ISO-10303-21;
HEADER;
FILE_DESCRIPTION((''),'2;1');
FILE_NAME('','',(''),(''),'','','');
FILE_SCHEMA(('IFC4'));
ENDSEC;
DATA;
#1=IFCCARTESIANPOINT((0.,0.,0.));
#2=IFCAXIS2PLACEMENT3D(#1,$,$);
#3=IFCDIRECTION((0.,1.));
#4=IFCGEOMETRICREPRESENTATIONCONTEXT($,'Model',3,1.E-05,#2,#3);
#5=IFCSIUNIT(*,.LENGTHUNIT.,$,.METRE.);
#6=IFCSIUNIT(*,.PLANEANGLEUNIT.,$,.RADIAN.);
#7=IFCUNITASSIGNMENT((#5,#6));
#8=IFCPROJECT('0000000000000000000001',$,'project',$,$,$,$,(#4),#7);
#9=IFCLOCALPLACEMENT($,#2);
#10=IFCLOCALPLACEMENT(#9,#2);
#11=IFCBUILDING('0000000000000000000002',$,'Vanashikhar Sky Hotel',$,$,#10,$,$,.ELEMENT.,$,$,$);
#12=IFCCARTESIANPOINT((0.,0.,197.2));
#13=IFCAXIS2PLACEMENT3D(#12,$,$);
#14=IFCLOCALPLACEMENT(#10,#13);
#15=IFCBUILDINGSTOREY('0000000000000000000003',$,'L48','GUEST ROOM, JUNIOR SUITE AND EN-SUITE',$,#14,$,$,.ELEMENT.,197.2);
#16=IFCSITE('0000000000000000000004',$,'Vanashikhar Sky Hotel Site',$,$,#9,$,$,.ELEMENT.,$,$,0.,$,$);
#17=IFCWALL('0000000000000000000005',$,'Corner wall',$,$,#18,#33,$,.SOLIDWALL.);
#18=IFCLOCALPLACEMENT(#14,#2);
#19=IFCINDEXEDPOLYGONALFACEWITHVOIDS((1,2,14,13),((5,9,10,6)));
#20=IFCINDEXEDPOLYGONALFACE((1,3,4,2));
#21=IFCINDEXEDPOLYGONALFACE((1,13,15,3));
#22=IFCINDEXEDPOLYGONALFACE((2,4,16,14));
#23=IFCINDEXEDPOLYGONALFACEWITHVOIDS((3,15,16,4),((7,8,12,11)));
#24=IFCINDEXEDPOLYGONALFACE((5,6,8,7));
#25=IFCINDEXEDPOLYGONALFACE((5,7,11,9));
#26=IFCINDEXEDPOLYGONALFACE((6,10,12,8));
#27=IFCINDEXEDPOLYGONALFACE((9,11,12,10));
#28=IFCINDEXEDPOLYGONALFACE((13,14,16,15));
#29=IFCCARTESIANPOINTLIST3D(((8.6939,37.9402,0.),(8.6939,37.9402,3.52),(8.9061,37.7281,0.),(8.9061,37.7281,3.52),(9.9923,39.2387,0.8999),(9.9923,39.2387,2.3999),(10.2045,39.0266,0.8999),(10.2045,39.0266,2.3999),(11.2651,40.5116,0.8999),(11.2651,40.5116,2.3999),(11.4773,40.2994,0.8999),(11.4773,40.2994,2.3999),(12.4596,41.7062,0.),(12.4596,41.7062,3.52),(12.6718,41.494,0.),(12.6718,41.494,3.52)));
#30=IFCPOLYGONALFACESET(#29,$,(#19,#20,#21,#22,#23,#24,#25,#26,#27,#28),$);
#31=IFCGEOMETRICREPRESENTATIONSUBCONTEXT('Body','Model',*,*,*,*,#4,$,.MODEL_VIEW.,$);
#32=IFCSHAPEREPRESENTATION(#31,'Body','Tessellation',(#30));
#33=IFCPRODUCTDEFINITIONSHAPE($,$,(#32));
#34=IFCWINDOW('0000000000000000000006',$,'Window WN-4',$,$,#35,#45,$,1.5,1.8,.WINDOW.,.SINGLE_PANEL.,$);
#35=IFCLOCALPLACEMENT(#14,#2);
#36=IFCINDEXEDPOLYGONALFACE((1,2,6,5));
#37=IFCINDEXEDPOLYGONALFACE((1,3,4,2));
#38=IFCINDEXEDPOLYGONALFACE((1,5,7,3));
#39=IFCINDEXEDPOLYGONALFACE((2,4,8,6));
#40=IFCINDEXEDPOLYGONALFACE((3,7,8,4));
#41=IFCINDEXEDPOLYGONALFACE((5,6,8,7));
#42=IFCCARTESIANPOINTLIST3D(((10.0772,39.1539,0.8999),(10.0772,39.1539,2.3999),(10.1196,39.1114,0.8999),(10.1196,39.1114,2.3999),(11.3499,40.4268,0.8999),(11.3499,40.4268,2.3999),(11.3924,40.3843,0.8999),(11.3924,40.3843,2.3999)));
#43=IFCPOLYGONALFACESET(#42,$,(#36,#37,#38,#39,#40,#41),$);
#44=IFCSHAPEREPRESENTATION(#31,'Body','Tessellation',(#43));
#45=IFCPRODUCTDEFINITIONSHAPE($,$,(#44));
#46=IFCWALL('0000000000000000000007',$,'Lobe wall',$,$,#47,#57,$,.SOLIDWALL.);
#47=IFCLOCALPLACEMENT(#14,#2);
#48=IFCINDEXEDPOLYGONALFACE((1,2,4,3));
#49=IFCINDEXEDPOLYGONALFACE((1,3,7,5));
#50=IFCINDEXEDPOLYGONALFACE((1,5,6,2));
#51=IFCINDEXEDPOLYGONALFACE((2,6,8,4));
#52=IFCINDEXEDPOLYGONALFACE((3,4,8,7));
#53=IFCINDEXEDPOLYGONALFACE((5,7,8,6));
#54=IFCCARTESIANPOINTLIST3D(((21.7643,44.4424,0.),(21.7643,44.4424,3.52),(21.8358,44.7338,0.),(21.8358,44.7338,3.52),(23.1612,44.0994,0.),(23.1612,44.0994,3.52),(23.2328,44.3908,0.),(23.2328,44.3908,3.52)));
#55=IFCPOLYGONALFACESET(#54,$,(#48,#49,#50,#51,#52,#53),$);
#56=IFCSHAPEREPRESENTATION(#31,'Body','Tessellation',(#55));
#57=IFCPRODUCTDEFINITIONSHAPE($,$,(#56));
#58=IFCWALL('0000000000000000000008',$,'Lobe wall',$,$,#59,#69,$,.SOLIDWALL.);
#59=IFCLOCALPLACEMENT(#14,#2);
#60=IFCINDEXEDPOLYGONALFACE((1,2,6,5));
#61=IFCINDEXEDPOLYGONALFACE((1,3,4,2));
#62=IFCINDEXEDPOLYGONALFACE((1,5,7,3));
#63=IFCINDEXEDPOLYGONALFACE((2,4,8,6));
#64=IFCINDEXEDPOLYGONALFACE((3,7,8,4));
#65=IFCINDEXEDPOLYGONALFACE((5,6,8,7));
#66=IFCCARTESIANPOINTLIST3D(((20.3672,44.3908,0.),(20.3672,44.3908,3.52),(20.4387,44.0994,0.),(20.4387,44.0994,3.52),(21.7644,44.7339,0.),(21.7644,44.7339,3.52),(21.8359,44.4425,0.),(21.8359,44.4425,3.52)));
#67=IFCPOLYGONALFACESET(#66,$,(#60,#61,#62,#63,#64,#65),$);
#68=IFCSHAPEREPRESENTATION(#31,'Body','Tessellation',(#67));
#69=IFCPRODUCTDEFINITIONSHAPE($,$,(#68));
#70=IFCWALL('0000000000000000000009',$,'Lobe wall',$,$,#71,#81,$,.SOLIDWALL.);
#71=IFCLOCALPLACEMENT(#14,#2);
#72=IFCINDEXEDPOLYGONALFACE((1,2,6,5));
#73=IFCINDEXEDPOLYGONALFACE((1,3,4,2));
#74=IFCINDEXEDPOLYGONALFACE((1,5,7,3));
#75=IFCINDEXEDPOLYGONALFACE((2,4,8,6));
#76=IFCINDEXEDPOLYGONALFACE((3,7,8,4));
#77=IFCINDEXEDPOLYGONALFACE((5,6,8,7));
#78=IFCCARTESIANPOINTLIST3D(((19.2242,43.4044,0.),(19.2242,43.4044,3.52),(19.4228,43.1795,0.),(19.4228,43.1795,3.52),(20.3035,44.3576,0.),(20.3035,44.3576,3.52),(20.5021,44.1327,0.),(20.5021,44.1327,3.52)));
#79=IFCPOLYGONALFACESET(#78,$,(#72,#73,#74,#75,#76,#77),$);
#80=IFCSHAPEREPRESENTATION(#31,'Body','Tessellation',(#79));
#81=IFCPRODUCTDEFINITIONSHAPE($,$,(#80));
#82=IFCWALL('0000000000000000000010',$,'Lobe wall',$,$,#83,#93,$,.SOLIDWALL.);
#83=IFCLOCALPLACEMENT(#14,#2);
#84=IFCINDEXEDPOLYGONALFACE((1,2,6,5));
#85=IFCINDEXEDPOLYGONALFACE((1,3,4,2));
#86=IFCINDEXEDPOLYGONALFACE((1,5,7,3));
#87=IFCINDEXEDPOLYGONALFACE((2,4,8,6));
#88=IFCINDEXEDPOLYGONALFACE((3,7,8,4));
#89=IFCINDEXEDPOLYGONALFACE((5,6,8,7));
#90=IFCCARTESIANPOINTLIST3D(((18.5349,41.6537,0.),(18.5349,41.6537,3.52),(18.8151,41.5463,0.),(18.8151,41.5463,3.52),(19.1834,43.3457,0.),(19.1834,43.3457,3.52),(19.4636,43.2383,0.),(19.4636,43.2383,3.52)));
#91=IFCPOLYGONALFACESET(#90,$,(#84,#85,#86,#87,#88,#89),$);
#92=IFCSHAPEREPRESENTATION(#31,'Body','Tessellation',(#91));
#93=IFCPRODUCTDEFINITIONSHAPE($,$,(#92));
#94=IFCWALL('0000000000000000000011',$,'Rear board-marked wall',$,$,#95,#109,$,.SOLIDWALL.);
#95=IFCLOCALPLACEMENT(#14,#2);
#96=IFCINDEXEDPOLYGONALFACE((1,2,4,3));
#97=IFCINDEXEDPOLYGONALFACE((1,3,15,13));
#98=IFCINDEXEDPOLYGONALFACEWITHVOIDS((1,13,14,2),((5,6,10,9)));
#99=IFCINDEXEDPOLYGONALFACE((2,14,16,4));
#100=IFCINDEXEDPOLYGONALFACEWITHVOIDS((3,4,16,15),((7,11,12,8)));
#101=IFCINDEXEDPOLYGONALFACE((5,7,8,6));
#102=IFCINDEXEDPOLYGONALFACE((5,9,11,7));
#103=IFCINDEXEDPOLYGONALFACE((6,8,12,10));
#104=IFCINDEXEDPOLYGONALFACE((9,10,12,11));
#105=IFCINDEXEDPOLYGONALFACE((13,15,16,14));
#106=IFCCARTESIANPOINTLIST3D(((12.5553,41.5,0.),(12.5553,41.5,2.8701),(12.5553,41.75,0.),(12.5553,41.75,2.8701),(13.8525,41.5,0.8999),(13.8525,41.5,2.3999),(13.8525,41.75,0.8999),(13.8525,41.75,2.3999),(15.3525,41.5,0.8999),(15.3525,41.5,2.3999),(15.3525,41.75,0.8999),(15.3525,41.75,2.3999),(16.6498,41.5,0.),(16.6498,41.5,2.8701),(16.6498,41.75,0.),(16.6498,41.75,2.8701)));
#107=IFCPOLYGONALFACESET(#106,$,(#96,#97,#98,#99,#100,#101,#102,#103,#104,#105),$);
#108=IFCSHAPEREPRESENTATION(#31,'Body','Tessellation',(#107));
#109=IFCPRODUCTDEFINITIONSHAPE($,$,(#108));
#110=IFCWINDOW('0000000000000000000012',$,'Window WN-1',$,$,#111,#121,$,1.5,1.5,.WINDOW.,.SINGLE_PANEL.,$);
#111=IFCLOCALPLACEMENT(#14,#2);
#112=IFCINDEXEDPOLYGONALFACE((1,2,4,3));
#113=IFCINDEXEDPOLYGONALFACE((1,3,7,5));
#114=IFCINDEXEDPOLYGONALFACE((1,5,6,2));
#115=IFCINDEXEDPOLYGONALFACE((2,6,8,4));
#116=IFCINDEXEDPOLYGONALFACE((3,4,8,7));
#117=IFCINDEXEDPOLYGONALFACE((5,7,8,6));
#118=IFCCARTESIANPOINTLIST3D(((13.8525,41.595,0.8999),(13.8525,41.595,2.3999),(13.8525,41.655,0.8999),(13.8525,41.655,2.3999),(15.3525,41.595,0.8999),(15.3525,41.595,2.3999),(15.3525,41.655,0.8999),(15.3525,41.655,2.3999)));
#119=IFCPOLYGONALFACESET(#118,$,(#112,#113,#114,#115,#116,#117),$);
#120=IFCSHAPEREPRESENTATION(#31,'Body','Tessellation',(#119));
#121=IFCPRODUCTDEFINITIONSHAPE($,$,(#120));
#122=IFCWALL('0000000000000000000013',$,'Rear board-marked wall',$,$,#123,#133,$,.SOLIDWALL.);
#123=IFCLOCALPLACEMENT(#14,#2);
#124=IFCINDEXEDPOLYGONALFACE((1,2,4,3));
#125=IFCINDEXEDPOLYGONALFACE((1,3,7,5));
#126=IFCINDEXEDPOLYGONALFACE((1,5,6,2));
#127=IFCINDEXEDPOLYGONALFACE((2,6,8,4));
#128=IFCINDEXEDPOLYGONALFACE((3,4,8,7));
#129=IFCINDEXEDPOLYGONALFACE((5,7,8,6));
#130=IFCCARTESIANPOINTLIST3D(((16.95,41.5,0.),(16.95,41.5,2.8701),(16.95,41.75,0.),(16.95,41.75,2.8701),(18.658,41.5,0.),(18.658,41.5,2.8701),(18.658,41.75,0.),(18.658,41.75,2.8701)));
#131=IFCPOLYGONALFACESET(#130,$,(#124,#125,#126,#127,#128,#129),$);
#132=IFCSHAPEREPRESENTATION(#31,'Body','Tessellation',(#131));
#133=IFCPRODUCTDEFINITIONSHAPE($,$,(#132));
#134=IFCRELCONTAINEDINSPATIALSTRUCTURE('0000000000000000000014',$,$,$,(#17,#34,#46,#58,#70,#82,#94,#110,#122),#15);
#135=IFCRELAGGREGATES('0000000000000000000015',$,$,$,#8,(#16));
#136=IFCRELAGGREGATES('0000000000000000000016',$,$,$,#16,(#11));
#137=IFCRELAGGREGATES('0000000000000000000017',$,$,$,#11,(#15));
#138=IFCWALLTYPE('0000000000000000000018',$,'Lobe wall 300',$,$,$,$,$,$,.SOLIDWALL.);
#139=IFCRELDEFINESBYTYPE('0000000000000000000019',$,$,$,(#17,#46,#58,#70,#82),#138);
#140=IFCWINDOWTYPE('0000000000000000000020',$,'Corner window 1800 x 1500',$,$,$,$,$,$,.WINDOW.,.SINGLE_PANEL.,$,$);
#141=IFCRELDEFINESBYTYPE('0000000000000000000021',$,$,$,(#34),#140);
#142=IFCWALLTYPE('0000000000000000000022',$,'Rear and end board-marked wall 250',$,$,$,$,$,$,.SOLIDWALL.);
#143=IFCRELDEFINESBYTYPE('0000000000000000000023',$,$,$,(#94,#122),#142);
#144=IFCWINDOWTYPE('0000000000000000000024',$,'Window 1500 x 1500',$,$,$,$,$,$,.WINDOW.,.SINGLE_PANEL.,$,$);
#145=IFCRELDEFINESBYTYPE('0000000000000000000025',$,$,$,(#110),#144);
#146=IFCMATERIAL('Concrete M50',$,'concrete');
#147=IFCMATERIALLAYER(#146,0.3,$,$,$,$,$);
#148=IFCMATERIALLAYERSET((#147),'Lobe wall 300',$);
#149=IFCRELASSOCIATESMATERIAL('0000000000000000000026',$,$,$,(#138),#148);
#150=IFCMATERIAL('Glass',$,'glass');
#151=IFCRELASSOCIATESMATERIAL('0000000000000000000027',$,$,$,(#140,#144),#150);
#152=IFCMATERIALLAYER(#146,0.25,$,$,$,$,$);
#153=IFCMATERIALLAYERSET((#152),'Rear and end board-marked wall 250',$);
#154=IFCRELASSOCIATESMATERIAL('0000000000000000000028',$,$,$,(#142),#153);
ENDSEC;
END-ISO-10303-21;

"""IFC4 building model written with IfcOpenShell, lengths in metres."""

from ifc_helpers import new_model, si_unit, direction, frame, frame_2d, origin, place, context, subcontext, project, spatial, rectangle, extrude, source, transform, mapped, material, layer, layer_set, type_object, element, fill, save


model = new_model("IFC4")

# Units and contexts
model_context = context("Model", 3, precision=1e-05, world=origin(), true_north=direction((0.0, 1.0)))
body_context = subcontext(model_context, "Body", "Model", "MODEL_VIEW")
ifc_project = project(units=[si_unit("LENGTHUNIT", "METRE"), si_unit("PLANEANGLEUNIT", "RADIAN")], contexts=[model_context])

# Site, building, storey
site_placement = place(None, origin())
site = spatial("IfcSite", under=ifc_project, at=site_placement, Name="Vanashikhar Sky Hotel Site", CompositionType="ELEMENT", RefElevation=0.0)
building_placement = place(site_placement, origin())
building = spatial("IfcBuilding", under=site, at=building_placement, Name="Vanashikhar Sky Hotel", CompositionType="ELEMENT")
storey_placement = place(building_placement, frame((0.0, 0.0, 197.2)))
storey = spatial("IfcBuildingStorey", under=building, at=storey_placement, Name="L48", Description="GUEST ROOM, JUNIOR SUITE AND EN-SUITE", CompositionType="ELEMENT", Elevation=197.2)

# Wall, opening, window
ifc_material_1 = material(Name="Concrete M50", Category="concrete")
ifc_layer_1 = layer(ifc_material_1, 0.3)
ifc_layer_set_1 = layer_set([ifc_layer_1], Name="Lobe wall 300")
wall_type_1 = type_object("IfcWallType", Name="Lobe wall 300", PredefinedType="SOLIDWALL", material=ifc_layer_set_1)
shared_shape_1 = source(origin(), body_context, "Body", "SweptSolid", [
    extrude(rectangle(XDim=5.3257, YDim=0.3, at=frame_2d((2.6628, 0.0))), origin(), (0.0, 0.0, 1.0), 3.52),
])
wall_1_placement = place(storey_placement, frame((12.5657, 41.6001, 0.0), z_axis=(0.0, 0.0, 1.0), x_axis=(-0.707084, -0.70713, 0.0)))
wall_1 = element("IfcWall", 1, at=wall_1_placement, inside=storey, type_object=wall_type_1, Name="Corner wall", PredefinedType="SOLIDWALL", context=body_context, shape_type="MappedRepresentation", body=[
    mapped(shared_shape_1, transform((0.0, 0.0, 0.0), scale=1.0)),
])
shared_shape_2 = source(origin(), body_context, "Body", "SweptSolid", [
    extrude(rectangle(XDim=1.8, YDim=1.5, at=frame_2d((0.8999, 0.75))), frame((0.0, 0.1602, 0.0), z_axis=(0.0, -1.0, 0.0), x_axis=(1.0, 0.0, 0.0)), (0.0, 0.0, 1.0), 0.3201),
])
opening_1_placement = place(wall_1_placement, frame((1.6895, 0.0, 0.8999)))
opening_1 = element("IfcOpeningElement", 2, at=opening_1_placement, cuts=wall_1, PredefinedType="OPENING", context=body_context, shape_type="MappedRepresentation", body=[
    mapped(shared_shape_2, transform((0.0, 0.0, 0.0), scale=1.0)),
])
ifc_material_2 = material(Name="Glass", Category="glass")
window_type_1 = type_object("IfcWindowType", Name="Corner window 1800 x 1500", PartitioningType="SINGLE_PANEL", PredefinedType="WINDOW", material=ifc_material_2)
shared_shape_3 = source(origin(), body_context, "Body", "SweptSolid", [
    extrude(rectangle(XDim=1.8, YDim=1.5, at=frame_2d((0.8999, 0.75))), frame((0.0, 0.03, 0.0), z_axis=(0.0, -1.0, 0.0), x_axis=(1.0, 0.0, 0.0)), (0.0, 0.0, 1.0), 0.0601),
])
window_1_placement = place(opening_1_placement, origin())
window_1 = element("IfcWindow", 3, at=window_1_placement, inside=storey, type_object=window_type_1, Name="Window WN-4", OverallHeight=1.5, OverallWidth=1.8, PartitioningType="SINGLE_PANEL", PredefinedType="WINDOW", context=body_context, shape_type="MappedRepresentation", body=[
    mapped(shared_shape_3, transform((0.0, 0.0, 0.0), scale=1.0)),
])
fill(opening_1, window_1)

# Walls
shared_shape_4 = source(origin(), body_context, "Body", "SweptSolid", [
    extrude(rectangle(XDim=1.4385, YDim=0.3, at=frame_2d((0.7192, 0.0))), origin(), (0.0, 0.0, 1.0), 3.52),
])
wall_2_placement = place(storey_placement, frame((23.197, 44.2451, 0.0), z_axis=(0.0, 0.0, 1.0), x_axis=(-0.971152, 0.23846, 0.0)))
element("IfcWall", 4, at=wall_2_placement, inside=storey, type_object=wall_type_1, Name="Lobe wall", PredefinedType="SOLIDWALL", context=body_context, shape_type="MappedRepresentation", body=[
    mapped(shared_shape_4, transform((0.0, 0.0, 0.0), scale=1.0)),
])
shared_shape_5 = source(origin(), body_context, "Body", "SweptSolid", [
    extrude(rectangle(XDim=1.4387, YDim=0.3, at=frame_2d((0.7192, 0.0))), origin(), (0.0, 0.0, 1.0), 3.52),
])
wall_3_placement = place(storey_placement, frame((21.8, 44.5881, 0.0), z_axis=(0.0, 0.0, 1.0), x_axis=(-0.971162, -0.238421, 0.0)))
element("IfcWall", 5, at=wall_3_placement, inside=storey, type_object=wall_type_1, Name="Lobe wall", PredefinedType="SOLIDWALL", context=body_context, shape_type="MappedRepresentation", body=[
    mapped(shared_shape_5, transform((0.0, 0.0, 0.0), scale=1.0)),
])
shared_shape_6 = source(origin(), body_context, "Body", "SweptSolid", [
    extrude(rectangle(XDim=1.4399, YDim=0.3, at=frame_2d((0.72, 0.0))), origin(), (0.0, 0.0, 1.0), 3.52),
])
wall_4_placement = place(storey_placement, frame((20.4028, 44.2451, 0.0), z_axis=(0.0, 0.0, 1.0), x_axis=(-0.749576, -0.661919, 0.0)))
element("IfcWall", 6, at=wall_4_placement, inside=storey, type_object=wall_type_1, Name="Lobe wall", PredefinedType="SOLIDWALL", context=body_context, shape_type="MappedRepresentation", body=[
    mapped(shared_shape_6, transform((0.0, 0.0, 0.0), scale=1.0)),
])
shared_shape_7 = source(origin(), body_context, "Body", "SweptSolid", [
    extrude(rectangle(XDim=1.812, YDim=0.3, at=frame_2d((0.906, 0.0))), origin(), (0.0, 0.0, 1.0), 3.52),
])
wall_5_placement = place(storey_placement, frame((19.3235, 43.292, 0.0), z_axis=(0.0, 0.0, 1.0), x_axis=(-0.357877, -0.933769, 0.0)))
element("IfcWall", 7, at=wall_5_placement, inside=storey, type_object=wall_type_1, Name="Lobe wall", PredefinedType="SOLIDWALL", context=body_context, shape_type="MappedRepresentation", body=[
    mapped(shared_shape_7, transform((0.0, 0.0, 0.0), scale=1.0)),
])

# Wall, opening, window
ifc_layer_2 = layer(ifc_material_1, 0.25)
ifc_layer_set_2 = layer_set([ifc_layer_2], Name="Rear and end board-marked wall 250")
wall_type_2 = type_object("IfcWallType", Name="Rear and end board-marked wall 250", PredefinedType="SOLIDWALL", material=ifc_layer_set_2)
shared_shape_8 = source(origin(), body_context, "Body", "SweptSolid", [
    extrude(rectangle(XDim=4.0945, YDim=0.25, at=frame_2d((2.0474, 0.0))), origin(), (0.0, 0.0, 1.0), 2.8701),
])
wall_6_placement = place(storey_placement, frame((16.6499, 41.625, 0.0), z_axis=(0.0, 0.0, 1.0), x_axis=(-1.0, 0.0, 0.0)))
wall_6 = element("IfcWall", 8, at=wall_6_placement, inside=storey, type_object=wall_type_2, Name="Rear board-marked wall", PredefinedType="SOLIDWALL", context=body_context, shape_type="MappedRepresentation", body=[
    mapped(shared_shape_8, transform((0.0, 0.0, 0.0), scale=1.0)),
])
shared_shape_9 = source(origin(), body_context, "Body", "SweptSolid", [
    extrude(rectangle(XDim=1.5, YDim=1.5, at=frame_2d((0.75, 0.75))), frame((0.0, 0.135, 0.0), z_axis=(0.0, -1.0, 0.0), x_axis=(1.0, 0.0, 0.0)), (0.0, 0.0, 1.0), 0.27),
])
opening_2_placement = place(wall_6_placement, frame((1.2974, 0.0, 0.8999)))
opening_2 = element("IfcOpeningElement", 9, at=opening_2_placement, cuts=wall_6, PredefinedType="OPENING", context=body_context, shape_type="MappedRepresentation", body=[
    mapped(shared_shape_9, transform((0.0, 0.0, 0.0), scale=1.0)),
])
window_type_2 = type_object("IfcWindowType", Name="Window 1500 x 1500", PartitioningType="SINGLE_PANEL", PredefinedType="WINDOW", material=ifc_material_2)
shared_shape_10 = source(origin(), body_context, "Body", "SweptSolid", [
    extrude(rectangle(XDim=1.5, YDim=1.5, at=frame_2d((0.75, 0.75))), frame((0.0, 0.03, 0.0), z_axis=(0.0, -1.0, 0.0), x_axis=(1.0, 0.0, 0.0)), (0.0, 0.0, 1.0), 0.0601),
])
window_2_placement = place(opening_2_placement, origin())
window_2 = element("IfcWindow", 10, at=window_2_placement, inside=storey, type_object=window_type_2, Name="Window WN-1", OverallHeight=1.5, OverallWidth=1.5, PartitioningType="SINGLE_PANEL", PredefinedType="WINDOW", context=body_context, shape_type="MappedRepresentation", body=[
    mapped(shared_shape_10, transform((0.0, 0.0, 0.0), scale=1.0)),
])
fill(opening_2, window_2)

# Wall
shared_shape_11 = source(origin(), body_context, "Body", "SweptSolid", [
    extrude(rectangle(XDim=1.708, YDim=0.25, at=frame_2d((0.854, 0.0))), origin(), (0.0, 0.0, 1.0), 2.8701),
])
wall_7_placement = place(storey_placement, frame((18.658, 41.625, 0.0), z_axis=(0.0, 0.0, 1.0), x_axis=(-1.0, 0.0, 0.0)))
element("IfcWall", 11, at=wall_7_placement, inside=storey, type_object=wall_type_2, Name="Rear board-marked wall", PredefinedType="SOLIDWALL", context=body_context, shape_type="MappedRepresentation", body=[
    mapped(shared_shape_11, transform((0.0, 0.0, 0.0), scale=1.0)),
])

save(model, "model.ifc")
